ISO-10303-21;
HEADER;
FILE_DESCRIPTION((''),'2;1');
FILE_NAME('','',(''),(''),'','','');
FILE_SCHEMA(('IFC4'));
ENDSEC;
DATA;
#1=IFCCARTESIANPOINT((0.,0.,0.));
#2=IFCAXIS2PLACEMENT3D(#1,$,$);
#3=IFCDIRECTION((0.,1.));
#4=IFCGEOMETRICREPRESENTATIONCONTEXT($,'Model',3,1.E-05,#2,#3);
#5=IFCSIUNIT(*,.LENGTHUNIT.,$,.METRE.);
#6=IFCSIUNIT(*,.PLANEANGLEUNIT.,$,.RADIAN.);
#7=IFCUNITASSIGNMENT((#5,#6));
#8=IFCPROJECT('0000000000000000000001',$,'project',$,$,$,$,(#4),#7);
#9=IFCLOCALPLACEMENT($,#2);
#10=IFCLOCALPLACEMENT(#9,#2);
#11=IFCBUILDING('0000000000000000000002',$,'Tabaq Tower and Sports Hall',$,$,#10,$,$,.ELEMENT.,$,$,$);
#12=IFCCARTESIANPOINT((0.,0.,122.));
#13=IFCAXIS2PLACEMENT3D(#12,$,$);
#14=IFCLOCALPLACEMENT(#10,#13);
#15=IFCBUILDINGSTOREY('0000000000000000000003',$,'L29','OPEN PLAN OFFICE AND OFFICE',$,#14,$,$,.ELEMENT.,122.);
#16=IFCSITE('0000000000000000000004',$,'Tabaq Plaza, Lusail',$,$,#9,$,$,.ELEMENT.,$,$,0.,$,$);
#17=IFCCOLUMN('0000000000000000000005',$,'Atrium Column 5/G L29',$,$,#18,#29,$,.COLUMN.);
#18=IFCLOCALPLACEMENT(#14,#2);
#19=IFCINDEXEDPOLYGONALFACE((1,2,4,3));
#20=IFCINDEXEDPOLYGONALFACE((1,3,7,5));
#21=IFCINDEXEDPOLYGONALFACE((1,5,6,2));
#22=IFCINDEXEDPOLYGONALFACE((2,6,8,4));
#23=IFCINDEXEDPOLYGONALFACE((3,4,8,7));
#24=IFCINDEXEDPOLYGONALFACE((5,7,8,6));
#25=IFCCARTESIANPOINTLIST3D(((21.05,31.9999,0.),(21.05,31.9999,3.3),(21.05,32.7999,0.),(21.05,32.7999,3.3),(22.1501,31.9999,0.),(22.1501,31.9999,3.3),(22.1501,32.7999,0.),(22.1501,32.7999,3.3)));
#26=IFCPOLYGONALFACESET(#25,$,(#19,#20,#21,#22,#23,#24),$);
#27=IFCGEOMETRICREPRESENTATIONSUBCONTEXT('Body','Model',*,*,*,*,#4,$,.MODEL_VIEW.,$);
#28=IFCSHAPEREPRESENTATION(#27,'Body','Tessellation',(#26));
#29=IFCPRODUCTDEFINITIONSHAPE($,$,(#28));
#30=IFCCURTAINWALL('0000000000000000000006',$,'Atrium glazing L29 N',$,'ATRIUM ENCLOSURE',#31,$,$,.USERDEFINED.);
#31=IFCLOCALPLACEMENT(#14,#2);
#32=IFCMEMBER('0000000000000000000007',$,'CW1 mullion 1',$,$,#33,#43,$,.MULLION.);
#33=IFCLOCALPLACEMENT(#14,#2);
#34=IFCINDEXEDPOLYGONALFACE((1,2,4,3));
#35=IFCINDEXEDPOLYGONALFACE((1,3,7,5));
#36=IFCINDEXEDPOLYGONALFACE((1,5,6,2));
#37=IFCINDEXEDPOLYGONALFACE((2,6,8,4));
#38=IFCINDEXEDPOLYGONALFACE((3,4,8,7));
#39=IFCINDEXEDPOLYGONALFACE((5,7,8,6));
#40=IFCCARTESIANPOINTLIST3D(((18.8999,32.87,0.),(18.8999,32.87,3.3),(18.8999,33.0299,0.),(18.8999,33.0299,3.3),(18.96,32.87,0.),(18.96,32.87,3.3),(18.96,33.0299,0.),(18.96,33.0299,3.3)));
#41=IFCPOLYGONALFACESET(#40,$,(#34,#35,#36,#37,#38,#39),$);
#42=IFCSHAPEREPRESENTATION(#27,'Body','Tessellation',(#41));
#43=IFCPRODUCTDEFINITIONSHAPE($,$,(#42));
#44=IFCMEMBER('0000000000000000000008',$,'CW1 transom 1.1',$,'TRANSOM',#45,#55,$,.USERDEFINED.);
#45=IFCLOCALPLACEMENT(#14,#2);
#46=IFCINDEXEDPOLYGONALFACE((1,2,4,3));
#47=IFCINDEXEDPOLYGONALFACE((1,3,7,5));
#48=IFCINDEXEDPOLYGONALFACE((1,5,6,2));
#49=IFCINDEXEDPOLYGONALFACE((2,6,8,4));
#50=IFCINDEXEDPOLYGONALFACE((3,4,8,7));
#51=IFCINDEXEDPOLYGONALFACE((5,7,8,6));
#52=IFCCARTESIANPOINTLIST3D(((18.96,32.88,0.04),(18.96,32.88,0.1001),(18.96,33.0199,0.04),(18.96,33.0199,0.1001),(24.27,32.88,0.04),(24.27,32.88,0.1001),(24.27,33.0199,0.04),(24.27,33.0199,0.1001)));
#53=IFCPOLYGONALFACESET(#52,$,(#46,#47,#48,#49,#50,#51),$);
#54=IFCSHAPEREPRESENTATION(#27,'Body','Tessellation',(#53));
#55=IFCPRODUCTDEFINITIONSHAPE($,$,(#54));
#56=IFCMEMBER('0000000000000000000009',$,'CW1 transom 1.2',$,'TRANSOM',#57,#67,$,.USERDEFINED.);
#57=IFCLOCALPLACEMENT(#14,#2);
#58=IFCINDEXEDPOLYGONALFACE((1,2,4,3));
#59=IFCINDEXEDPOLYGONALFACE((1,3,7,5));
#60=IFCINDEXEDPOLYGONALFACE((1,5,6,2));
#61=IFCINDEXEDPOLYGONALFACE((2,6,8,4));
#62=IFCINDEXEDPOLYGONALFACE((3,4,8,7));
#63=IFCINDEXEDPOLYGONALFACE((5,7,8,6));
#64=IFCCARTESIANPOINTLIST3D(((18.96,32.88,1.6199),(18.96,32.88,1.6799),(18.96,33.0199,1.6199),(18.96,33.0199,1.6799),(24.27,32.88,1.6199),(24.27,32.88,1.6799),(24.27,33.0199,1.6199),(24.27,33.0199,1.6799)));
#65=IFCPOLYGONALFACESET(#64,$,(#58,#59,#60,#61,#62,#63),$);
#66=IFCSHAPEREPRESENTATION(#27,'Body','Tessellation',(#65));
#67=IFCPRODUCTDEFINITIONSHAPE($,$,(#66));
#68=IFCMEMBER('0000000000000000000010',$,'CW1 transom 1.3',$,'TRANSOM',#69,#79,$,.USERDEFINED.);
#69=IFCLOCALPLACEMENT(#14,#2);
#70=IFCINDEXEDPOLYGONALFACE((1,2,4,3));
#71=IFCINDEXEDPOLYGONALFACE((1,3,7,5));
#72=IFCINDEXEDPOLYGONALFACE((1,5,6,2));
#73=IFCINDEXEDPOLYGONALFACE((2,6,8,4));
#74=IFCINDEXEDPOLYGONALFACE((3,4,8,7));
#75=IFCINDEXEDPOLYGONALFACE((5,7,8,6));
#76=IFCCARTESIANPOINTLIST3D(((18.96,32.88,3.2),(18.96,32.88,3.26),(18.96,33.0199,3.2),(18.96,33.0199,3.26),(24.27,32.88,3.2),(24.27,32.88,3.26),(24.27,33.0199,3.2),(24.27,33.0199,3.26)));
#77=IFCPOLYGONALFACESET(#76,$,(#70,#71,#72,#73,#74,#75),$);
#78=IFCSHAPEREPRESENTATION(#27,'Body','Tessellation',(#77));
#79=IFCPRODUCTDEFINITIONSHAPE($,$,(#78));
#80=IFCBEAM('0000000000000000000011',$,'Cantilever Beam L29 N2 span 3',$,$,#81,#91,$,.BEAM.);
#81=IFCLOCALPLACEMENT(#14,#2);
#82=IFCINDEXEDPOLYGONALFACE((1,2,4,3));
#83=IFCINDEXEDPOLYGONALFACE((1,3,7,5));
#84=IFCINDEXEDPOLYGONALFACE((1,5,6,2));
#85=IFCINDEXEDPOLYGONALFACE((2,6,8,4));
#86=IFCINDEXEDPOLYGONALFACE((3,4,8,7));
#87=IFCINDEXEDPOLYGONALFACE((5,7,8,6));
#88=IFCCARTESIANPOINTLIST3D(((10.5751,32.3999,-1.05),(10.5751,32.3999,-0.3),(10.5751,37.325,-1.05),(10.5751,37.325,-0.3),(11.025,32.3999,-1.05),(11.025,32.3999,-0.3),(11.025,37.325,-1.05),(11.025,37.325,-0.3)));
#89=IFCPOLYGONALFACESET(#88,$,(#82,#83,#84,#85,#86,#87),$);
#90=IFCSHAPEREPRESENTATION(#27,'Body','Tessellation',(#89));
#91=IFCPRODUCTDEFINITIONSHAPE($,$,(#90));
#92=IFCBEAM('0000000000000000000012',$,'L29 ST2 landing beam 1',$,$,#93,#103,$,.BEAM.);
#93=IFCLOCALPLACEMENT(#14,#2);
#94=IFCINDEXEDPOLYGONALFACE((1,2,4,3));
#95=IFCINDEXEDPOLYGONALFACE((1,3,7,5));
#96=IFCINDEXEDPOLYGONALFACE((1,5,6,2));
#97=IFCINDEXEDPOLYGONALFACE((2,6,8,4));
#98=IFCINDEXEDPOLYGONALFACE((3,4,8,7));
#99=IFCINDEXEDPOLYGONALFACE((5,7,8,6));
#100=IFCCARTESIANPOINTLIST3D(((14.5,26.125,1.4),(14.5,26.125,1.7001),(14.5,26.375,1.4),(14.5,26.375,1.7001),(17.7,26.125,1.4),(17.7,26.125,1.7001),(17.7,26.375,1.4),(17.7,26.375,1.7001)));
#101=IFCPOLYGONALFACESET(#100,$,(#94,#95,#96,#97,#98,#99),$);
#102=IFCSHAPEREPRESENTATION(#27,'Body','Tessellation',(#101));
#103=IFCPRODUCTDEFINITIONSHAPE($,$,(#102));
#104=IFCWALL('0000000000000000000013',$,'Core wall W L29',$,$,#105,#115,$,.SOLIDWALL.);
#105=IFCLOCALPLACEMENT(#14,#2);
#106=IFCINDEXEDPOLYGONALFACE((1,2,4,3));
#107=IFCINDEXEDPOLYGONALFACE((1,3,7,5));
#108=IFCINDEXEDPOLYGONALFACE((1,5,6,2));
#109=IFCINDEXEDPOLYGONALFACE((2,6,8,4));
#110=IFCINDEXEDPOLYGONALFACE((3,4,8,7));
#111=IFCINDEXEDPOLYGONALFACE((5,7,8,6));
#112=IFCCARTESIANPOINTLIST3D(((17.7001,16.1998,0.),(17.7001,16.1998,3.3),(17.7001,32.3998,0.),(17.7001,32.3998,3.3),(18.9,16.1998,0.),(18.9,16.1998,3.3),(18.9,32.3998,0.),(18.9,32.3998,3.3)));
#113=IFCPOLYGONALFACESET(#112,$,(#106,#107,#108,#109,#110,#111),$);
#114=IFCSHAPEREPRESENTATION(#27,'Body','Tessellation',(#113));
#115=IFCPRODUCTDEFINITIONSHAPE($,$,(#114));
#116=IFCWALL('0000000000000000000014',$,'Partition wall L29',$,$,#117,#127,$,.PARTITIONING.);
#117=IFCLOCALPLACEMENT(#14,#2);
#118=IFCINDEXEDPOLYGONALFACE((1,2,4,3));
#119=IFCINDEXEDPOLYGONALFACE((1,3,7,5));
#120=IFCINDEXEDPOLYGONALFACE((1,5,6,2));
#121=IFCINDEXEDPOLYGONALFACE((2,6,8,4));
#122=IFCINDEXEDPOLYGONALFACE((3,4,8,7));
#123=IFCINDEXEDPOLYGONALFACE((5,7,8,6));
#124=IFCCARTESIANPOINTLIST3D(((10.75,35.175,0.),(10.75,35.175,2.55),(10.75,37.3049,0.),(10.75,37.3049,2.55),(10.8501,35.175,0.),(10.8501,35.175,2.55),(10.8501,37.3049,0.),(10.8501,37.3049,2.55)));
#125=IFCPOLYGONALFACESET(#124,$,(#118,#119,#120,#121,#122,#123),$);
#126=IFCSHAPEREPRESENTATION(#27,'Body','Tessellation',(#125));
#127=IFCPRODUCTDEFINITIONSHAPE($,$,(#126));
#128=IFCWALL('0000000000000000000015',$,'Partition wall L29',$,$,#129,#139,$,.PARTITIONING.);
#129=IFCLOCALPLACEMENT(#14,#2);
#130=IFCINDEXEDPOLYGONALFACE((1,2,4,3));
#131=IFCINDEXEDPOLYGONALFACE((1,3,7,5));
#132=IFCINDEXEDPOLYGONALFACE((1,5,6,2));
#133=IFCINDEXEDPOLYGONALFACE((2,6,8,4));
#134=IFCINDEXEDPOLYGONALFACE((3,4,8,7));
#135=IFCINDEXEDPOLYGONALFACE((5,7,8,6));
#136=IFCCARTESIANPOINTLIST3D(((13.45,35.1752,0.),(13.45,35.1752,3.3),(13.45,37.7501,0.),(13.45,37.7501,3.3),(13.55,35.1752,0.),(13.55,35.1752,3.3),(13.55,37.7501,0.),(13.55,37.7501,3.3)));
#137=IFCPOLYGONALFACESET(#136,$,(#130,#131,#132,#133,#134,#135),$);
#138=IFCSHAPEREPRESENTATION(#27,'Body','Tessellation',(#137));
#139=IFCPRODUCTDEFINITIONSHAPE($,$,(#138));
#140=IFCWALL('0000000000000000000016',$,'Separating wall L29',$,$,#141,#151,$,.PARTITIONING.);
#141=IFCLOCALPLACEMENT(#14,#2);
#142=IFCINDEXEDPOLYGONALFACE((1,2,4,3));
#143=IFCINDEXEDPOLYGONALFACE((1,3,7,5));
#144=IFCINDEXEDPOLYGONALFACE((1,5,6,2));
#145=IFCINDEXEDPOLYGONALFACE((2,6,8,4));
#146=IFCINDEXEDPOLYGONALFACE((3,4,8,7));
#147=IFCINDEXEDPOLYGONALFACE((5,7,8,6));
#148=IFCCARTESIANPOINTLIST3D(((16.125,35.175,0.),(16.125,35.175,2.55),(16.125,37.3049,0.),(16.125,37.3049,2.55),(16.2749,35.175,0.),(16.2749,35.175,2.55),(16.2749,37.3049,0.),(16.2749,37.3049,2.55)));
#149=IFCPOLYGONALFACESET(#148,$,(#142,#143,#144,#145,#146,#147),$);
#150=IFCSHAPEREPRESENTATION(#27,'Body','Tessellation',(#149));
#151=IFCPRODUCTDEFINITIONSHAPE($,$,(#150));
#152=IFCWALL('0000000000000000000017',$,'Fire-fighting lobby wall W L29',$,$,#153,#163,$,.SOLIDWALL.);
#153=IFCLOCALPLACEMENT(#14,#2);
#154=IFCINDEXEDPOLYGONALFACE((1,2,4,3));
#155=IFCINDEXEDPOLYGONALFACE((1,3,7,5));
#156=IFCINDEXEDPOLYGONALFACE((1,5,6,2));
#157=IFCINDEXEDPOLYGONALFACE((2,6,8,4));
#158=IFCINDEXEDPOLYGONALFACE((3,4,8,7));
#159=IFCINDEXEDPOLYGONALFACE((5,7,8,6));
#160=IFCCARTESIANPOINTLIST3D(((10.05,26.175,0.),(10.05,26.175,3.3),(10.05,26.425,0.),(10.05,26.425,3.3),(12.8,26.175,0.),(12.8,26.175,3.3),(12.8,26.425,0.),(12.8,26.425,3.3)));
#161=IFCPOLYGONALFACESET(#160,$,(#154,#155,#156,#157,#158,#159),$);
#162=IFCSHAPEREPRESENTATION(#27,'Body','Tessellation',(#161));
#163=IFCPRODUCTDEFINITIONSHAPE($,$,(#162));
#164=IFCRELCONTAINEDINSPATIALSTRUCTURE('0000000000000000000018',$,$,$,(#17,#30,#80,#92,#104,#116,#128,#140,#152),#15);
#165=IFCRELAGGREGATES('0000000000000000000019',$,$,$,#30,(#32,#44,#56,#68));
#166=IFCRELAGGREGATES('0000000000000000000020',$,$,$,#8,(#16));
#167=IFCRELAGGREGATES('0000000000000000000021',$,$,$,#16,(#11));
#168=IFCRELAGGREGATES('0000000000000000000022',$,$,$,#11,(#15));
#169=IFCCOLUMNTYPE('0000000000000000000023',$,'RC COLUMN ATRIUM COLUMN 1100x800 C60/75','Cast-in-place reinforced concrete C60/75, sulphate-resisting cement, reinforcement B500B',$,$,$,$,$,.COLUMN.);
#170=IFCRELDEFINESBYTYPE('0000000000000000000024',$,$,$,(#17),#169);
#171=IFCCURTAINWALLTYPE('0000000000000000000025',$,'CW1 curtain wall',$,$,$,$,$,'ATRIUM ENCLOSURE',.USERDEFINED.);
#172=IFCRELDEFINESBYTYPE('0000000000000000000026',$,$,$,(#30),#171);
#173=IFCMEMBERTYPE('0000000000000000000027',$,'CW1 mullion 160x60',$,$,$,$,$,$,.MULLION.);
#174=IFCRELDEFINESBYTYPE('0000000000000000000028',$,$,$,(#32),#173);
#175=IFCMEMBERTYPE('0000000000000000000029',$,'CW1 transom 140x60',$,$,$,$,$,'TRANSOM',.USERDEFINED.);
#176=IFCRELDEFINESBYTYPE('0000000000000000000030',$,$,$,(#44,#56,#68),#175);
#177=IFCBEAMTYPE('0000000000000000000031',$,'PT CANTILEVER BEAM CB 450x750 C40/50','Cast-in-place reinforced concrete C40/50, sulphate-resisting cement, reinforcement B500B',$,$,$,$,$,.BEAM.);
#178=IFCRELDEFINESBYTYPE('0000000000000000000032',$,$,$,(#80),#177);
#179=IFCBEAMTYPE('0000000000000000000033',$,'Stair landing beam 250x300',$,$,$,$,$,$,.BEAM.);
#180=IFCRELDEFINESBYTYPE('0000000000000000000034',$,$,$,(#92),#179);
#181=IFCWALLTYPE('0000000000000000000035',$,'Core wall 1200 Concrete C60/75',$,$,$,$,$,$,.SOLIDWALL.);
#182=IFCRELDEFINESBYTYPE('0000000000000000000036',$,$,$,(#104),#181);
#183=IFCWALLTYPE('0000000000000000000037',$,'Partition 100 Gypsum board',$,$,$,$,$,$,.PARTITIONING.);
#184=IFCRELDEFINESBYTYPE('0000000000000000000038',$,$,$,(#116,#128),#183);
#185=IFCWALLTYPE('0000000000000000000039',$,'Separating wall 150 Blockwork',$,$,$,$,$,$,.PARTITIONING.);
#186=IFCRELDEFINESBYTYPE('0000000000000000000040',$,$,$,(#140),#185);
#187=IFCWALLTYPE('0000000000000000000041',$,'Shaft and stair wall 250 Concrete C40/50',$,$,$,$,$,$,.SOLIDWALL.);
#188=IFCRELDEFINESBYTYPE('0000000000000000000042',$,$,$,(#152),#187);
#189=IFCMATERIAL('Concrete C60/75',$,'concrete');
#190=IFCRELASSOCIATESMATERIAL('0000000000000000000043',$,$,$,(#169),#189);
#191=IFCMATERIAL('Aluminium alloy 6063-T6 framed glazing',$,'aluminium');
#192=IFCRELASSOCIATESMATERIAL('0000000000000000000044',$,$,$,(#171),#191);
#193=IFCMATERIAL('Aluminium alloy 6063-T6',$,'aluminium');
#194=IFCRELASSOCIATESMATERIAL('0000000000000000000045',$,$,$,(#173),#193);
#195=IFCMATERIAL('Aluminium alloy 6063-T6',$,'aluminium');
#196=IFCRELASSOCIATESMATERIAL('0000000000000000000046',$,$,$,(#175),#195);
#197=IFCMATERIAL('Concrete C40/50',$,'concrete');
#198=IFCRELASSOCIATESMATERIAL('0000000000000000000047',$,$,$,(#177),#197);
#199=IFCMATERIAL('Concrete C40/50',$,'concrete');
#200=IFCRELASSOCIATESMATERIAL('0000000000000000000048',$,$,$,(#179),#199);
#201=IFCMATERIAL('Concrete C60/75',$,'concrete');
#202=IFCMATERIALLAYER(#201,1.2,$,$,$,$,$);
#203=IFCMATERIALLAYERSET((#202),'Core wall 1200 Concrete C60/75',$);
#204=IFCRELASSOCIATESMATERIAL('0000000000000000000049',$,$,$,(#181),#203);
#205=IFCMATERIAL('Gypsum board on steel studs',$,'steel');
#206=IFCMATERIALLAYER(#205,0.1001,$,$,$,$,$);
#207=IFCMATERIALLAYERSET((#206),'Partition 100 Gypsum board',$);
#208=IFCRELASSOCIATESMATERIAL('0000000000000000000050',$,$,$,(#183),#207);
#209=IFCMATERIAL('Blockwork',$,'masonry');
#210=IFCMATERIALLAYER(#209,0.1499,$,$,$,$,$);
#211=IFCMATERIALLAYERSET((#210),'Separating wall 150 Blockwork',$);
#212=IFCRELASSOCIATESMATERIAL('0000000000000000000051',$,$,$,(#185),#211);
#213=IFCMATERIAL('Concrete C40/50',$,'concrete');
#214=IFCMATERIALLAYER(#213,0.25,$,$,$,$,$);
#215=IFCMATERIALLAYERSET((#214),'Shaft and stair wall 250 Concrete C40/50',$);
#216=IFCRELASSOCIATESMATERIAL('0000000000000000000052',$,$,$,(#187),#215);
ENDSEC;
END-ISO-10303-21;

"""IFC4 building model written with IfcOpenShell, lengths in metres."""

from ifc_helpers import new_model, si_unit, direction, frame, frame_2d, origin, origin_2d, place, context, subcontext, project, spatial, rectangle, extrude, material, layer, layer_set, material_profile, profile_set, type_object, element, aggregate, save


model = new_model("IFC4")

# Units and contexts
model_context = context("Model", 3, precision=1e-05, world=origin(), true_north=direction((0.0, 1.0)))
body_context = subcontext(model_context, "Body", "Model", "MODEL_VIEW")
ifc_project = project(units=[si_unit("LENGTHUNIT", "METRE"), si_unit("PLANEANGLEUNIT", "RADIAN")], contexts=[model_context])

# Site, building, storey
site_placement = place(None, origin())
site = spatial("IfcSite", under=ifc_project, at=site_placement, Name="Tabaq Plaza, Lusail", CompositionType="ELEMENT", RefElevation=0.0)
building_placement = place(site_placement, origin())
building = spatial("IfcBuilding", under=site, at=building_placement, Name="Tabaq Tower and Sports Hall", CompositionType="ELEMENT")
storey_placement = place(building_placement, frame((0.0, 0.0, 122.0)))
storey = spatial("IfcBuildingStorey", under=building, at=storey_placement, Name="L29", Description="OPEN PLAN OFFICE AND OFFICE", CompositionType="ELEMENT", Elevation=122.0)

# Column
ifc_material_1 = material(Name="Concrete C60/75", Category="concrete")
ifc_material_profile_1 = material_profile(ifc_material_1, rectangle(XDim=1.1001, YDim=0.8, at=origin_2d()), Name="ATRIUM COLUMN 1100x800")
ifc_profile_set_1 = profile_set([ifc_material_profile_1], Name="Concrete C60/75")
column_type = type_object("IfcColumnType", Name="RC COLUMN ATRIUM COLUMN 1100x800 C60/75", Description="Cast-in-place reinforced concrete C60/75, sulphate-resisting cement, reinforcement B500B", PredefinedType="COLUMN", material=ifc_profile_set_1)
column_placement = place(storey_placement, frame((21.6001, 32.3999, 0.0), z_axis=(0.0, 0.0, 1.0), x_axis=(1.0, 0.0, 0.0)))
element("IfcColumn", 1, at=column_placement, inside=storey, type_object=column_type, Name="Atrium Column 5/G L29", PredefinedType="COLUMN", context=body_context, shape_type="SweptSolid", body=[
    extrude(rectangle(XDim=1.1001, YDim=0.8, at=origin_2d()), origin(), (0.0, 0.0, 1.0), 3.3),
])

# Curtain wall, members
ifc_material_2 = material(Name="Aluminium alloy 6063-T6 framed glazing", Category="aluminium")
curtain_wall_type = type_object("IfcCurtainWallType", Name="CW1 curtain wall", ElementType="ATRIUM ENCLOSURE", PredefinedType="USERDEFINED", material=ifc_material_2)
curtain_wall_placement = place(storey_placement, origin())
curtain_wall = element("IfcCurtainWall", 2, at=curtain_wall_placement, inside=storey, type_object=curtain_wall_type, Name="Atrium glazing L29 N", ObjectType="ATRIUM ENCLOSURE", PredefinedType="USERDEFINED")
ifc_material_3 = material(Name="Aluminium alloy 6063-T6", Category="aluminium")
ifc_material_profile_2 = material_profile(ifc_material_3, rectangle(XDim=0.1599, YDim=0.0601, at=origin_2d()), Name="MULLION 160x60")
ifc_profile_set_2 = profile_set([ifc_material_profile_2], Name="Aluminium alloy 6063-T6")
member_type_1 = type_object("IfcMemberType", Name="CW1 mullion 160x60", PredefinedType="MULLION", material=ifc_profile_set_2)
member_1_placement = place(storey_placement, frame((18.9299, 32.95, 0.0), z_axis=(0.0, 0.0, 1.0), x_axis=(0.0, 1.0, 0.0)))
member_1 = element("IfcMember", 3, at=member_1_placement, type_object=member_type_1, Name="CW1 mullion 1", PredefinedType="MULLION", context=body_context, shape_type="SweptSolid", body=[
    extrude(rectangle(XDim=0.1599, YDim=0.0601, at=origin_2d()), origin(), (0.0, 0.0, 1.0), 3.3),
])
ifc_material_4 = material(Name="Aluminium alloy 6063-T6", Category="aluminium")
ifc_material_profile_3 = material_profile(ifc_material_4, rectangle(XDim=0.1399, YDim=0.0601, at=origin_2d()), Name="TRANSOM 140x60")
ifc_profile_set_3 = profile_set([ifc_material_profile_3], Name="Aluminium alloy 6063-T6")
member_type_2 = type_object("IfcMemberType", Name="CW1 transom 140x60", ElementType="TRANSOM", PredefinedType="USERDEFINED", material=ifc_profile_set_3)
member_2_placement = place(storey_placement, frame((18.96, 32.95, 0.0701), z_axis=(1.0, 0.0, 0.0), x_axis=(0.0, 1.0, 0.0)))
member_2 = element("IfcMember", 4, at=member_2_placement, type_object=member_type_2, Name="CW1 transom 1.1", ObjectType="TRANSOM", PredefinedType="USERDEFINED", context=body_context, shape_type="SweptSolid", body=[
    extrude(rectangle(XDim=0.1399, YDim=0.0601, at=origin_2d()), origin(), (0.0, 0.0, 1.0), 5.3101),
])
member_3_placement = place(storey_placement, frame((18.96, 32.95, 1.6499), z_axis=(1.0, 0.0, 0.0), x_axis=(0.0, 1.0, 0.0)))
member_3 = element("IfcMember", 5, at=member_3_placement, type_object=member_type_2, Name="CW1 transom 1.2", ObjectType="TRANSOM", PredefinedType="USERDEFINED", context=body_context, shape_type="SweptSolid", body=[
    extrude(rectangle(XDim=0.1399, YDim=0.0601, at=origin_2d()), origin(), (0.0, 0.0, 1.0), 5.3101),
])
member_4_placement = place(storey_placement, frame((18.96, 32.95, 3.23), z_axis=(1.0, 0.0, 0.0), x_axis=(0.0, 1.0, 0.0)))
member_4 = element("IfcMember", 6, at=member_4_placement, type_object=member_type_2, Name="CW1 transom 1.3", ObjectType="TRANSOM", PredefinedType="USERDEFINED", context=body_context, shape_type="SweptSolid", body=[
    extrude(rectangle(XDim=0.1399, YDim=0.0601, at=origin_2d()), origin(), (0.0, 0.0, 1.0), 5.3101),
])
aggregate(curtain_wall, [member_1, member_2, member_3, member_4])

# Beams
ifc_material_5 = material(Name="Concrete C40/50", Category="concrete")
ifc_material_profile_4 = material_profile(ifc_material_5, rectangle(XDim=0.45, YDim=0.75, at=origin_2d()), Name="CB 450x750")
ifc_profile_set_4 = profile_set([ifc_material_profile_4], Name="Concrete C40/50")
beam_type_1 = type_object("IfcBeamType", Name="PT CANTILEVER BEAM CB 450x750 C40/50", Description="Cast-in-place reinforced concrete C40/50, sulphate-resisting cement, reinforcement B500B", PredefinedType="BEAM", material=ifc_profile_set_4)
beam_1_placement = place(storey_placement, frame((10.8, 37.325, -0.675), z_axis=(0.0, -1.0, 0.0), x_axis=(1.0, 0.0, 0.0)))
element("IfcBeam", 7, at=beam_1_placement, inside=storey, type_object=beam_type_1, Name="Cantilever Beam L29 N2 span 3", PredefinedType="BEAM", context=body_context, shape_type="SweptSolid", body=[
    extrude(rectangle(XDim=0.45, YDim=0.75, at=origin_2d()), origin(), (0.0, 0.0, 1.0), 4.925),
])
ifc_material_6 = material(Name="Concrete C40/50", Category="concrete")
ifc_material_profile_5 = material_profile(ifc_material_6, rectangle(XDim=0.25, YDim=0.3, at=origin_2d()), Name="RC 250x300")
ifc_profile_set_5 = profile_set([ifc_material_profile_5], Name="Concrete C40/50")
beam_type_2 = type_object("IfcBeamType", Name="Stair landing beam 250x300", PredefinedType="BEAM", material=ifc_profile_set_5)
beam_2_placement = place(storey_placement, frame((14.5, 26.25, 1.55), z_axis=(1.0, 0.0, 0.0), x_axis=(0.0, 1.0, 0.0)))
element("IfcBeam", 8, at=beam_2_placement, inside=storey, type_object=beam_type_2, Name="L29 ST2 landing beam 1", PredefinedType="BEAM", context=body_context, shape_type="SweptSolid", body=[
    extrude(rectangle(XDim=0.25, YDim=0.3, at=origin_2d()), origin(), (0.0, 0.0, 1.0), 3.2),
])

# Walls
ifc_material_7 = material(Name="Concrete C60/75", Category="concrete")
ifc_layer_1 = layer(ifc_material_7, 1.2)
ifc_layer_set_1 = layer_set([ifc_layer_1], Name="Core wall 1200 Concrete C60/75")
wall_type_1 = type_object("IfcWallType", Name="Core wall 1200 Concrete C60/75", PredefinedType="SOLIDWALL", material=ifc_layer_set_1)
wall_1_placement = place(storey_placement, frame((18.3, 32.3999, 0.0), z_axis=(0.0, 0.0, 1.0), x_axis=(0.0, -1.0, 0.0)))
element("IfcWall", 9, at=wall_1_placement, inside=storey, type_object=wall_type_1, Name="Core wall W L29", PredefinedType="SOLIDWALL", context=body_context, shape_type="SweptSolid", body=[
    extrude(rectangle(XDim=16.2, YDim=1.2, at=frame_2d((8.1001, 0.0))), origin(), (0.0, 0.0, 1.0), 3.3),
])
ifc_material_8 = material(Name="Gypsum board on steel studs", Category="steel")
ifc_layer_2 = layer(ifc_material_8, 0.1001)
ifc_layer_set_2 = layer_set([ifc_layer_2], Name="Partition 100 Gypsum board")
wall_type_2 = type_object("IfcWallType", Name="Partition 100 Gypsum board", PredefinedType="PARTITIONING", material=ifc_layer_set_2)
wall_2_placement = place(storey_placement, frame((10.8, 35.175, 0.0), z_axis=(0.0, 0.0, 1.0), x_axis=(0.0, 1.0, 0.0)))
element("IfcWall", 10, at=wall_2_placement, inside=storey, type_object=wall_type_2, Name="Partition wall L29", PredefinedType="PARTITIONING", context=body_context, shape_type="SweptSolid", body=[
    extrude(rectangle(XDim=2.1299, YDim=0.1001, at=frame_2d((1.0649, 0.0))), origin(), (0.0, 0.0, 1.0), 2.55),
])
wall_3_placement = place(storey_placement, frame((13.5, 35.175, 0.0), z_axis=(0.0, 0.0, 1.0), x_axis=(0.0, 1.0, 0.0)))
element("IfcWall", 11, at=wall_3_placement, inside=storey, type_object=wall_type_2, Name="Partition wall L29", PredefinedType="PARTITIONING", context=body_context, shape_type="SweptSolid", body=[
    extrude(rectangle(XDim=2.575, YDim=0.1001, at=frame_2d((1.2876, 0.0))), origin(), (0.0, 0.0, 1.0), 3.3),
])
ifc_material_9 = material(Name="Blockwork", Category="masonry")
ifc_layer_3 = layer(ifc_material_9, 0.1499)
ifc_layer_set_3 = layer_set([ifc_layer_3], Name="Separating wall 150 Blockwork")
wall_type_3 = type_object("IfcWallType", Name="Separating wall 150 Blockwork", PredefinedType="PARTITIONING", material=ifc_layer_set_3)
wall_4_placement = place(storey_placement, frame((16.2, 35.175, 0.0), z_axis=(0.0, 0.0, 1.0), x_axis=(0.0, 1.0, 0.0)))
element("IfcWall", 12, at=wall_4_placement, inside=storey, type_object=wall_type_3, Name="Separating wall L29", PredefinedType="PARTITIONING", context=body_context, shape_type="SweptSolid", body=[
    extrude(rectangle(XDim=2.1299, YDim=0.1499, at=frame_2d((1.0649, 0.0))), origin(), (0.0, 0.0, 1.0), 2.55),
])
ifc_material_10 = material(Name="Concrete C40/50", Category="concrete")
ifc_layer_4 = layer(ifc_material_10, 0.25)
ifc_layer_set_4 = layer_set([ifc_layer_4], Name="Shaft and stair wall 250 Concrete C40/50")
wall_type_4 = type_object("IfcWallType", Name="Shaft and stair wall 250 Concrete C40/50", PredefinedType="SOLIDWALL", material=ifc_layer_set_4)
wall_5_placement = place(storey_placement, frame((10.05, 26.3, 0.0), z_axis=(0.0, 0.0, 1.0), x_axis=(1.0, 0.0, 0.0)))
element("IfcWall", 13, at=wall_5_placement, inside=storey, type_object=wall_type_4, Name="Fire-fighting lobby wall W L29", PredefinedType="SOLIDWALL", context=body_context, shape_type="SweptSolid", body=[
    extrude(rectangle(XDim=2.75, YDim=0.25, at=frame_2d((1.375, 0.0))), origin(), (0.0, 0.0, 1.0), 3.3),
])

save(model, "model.ifc")
